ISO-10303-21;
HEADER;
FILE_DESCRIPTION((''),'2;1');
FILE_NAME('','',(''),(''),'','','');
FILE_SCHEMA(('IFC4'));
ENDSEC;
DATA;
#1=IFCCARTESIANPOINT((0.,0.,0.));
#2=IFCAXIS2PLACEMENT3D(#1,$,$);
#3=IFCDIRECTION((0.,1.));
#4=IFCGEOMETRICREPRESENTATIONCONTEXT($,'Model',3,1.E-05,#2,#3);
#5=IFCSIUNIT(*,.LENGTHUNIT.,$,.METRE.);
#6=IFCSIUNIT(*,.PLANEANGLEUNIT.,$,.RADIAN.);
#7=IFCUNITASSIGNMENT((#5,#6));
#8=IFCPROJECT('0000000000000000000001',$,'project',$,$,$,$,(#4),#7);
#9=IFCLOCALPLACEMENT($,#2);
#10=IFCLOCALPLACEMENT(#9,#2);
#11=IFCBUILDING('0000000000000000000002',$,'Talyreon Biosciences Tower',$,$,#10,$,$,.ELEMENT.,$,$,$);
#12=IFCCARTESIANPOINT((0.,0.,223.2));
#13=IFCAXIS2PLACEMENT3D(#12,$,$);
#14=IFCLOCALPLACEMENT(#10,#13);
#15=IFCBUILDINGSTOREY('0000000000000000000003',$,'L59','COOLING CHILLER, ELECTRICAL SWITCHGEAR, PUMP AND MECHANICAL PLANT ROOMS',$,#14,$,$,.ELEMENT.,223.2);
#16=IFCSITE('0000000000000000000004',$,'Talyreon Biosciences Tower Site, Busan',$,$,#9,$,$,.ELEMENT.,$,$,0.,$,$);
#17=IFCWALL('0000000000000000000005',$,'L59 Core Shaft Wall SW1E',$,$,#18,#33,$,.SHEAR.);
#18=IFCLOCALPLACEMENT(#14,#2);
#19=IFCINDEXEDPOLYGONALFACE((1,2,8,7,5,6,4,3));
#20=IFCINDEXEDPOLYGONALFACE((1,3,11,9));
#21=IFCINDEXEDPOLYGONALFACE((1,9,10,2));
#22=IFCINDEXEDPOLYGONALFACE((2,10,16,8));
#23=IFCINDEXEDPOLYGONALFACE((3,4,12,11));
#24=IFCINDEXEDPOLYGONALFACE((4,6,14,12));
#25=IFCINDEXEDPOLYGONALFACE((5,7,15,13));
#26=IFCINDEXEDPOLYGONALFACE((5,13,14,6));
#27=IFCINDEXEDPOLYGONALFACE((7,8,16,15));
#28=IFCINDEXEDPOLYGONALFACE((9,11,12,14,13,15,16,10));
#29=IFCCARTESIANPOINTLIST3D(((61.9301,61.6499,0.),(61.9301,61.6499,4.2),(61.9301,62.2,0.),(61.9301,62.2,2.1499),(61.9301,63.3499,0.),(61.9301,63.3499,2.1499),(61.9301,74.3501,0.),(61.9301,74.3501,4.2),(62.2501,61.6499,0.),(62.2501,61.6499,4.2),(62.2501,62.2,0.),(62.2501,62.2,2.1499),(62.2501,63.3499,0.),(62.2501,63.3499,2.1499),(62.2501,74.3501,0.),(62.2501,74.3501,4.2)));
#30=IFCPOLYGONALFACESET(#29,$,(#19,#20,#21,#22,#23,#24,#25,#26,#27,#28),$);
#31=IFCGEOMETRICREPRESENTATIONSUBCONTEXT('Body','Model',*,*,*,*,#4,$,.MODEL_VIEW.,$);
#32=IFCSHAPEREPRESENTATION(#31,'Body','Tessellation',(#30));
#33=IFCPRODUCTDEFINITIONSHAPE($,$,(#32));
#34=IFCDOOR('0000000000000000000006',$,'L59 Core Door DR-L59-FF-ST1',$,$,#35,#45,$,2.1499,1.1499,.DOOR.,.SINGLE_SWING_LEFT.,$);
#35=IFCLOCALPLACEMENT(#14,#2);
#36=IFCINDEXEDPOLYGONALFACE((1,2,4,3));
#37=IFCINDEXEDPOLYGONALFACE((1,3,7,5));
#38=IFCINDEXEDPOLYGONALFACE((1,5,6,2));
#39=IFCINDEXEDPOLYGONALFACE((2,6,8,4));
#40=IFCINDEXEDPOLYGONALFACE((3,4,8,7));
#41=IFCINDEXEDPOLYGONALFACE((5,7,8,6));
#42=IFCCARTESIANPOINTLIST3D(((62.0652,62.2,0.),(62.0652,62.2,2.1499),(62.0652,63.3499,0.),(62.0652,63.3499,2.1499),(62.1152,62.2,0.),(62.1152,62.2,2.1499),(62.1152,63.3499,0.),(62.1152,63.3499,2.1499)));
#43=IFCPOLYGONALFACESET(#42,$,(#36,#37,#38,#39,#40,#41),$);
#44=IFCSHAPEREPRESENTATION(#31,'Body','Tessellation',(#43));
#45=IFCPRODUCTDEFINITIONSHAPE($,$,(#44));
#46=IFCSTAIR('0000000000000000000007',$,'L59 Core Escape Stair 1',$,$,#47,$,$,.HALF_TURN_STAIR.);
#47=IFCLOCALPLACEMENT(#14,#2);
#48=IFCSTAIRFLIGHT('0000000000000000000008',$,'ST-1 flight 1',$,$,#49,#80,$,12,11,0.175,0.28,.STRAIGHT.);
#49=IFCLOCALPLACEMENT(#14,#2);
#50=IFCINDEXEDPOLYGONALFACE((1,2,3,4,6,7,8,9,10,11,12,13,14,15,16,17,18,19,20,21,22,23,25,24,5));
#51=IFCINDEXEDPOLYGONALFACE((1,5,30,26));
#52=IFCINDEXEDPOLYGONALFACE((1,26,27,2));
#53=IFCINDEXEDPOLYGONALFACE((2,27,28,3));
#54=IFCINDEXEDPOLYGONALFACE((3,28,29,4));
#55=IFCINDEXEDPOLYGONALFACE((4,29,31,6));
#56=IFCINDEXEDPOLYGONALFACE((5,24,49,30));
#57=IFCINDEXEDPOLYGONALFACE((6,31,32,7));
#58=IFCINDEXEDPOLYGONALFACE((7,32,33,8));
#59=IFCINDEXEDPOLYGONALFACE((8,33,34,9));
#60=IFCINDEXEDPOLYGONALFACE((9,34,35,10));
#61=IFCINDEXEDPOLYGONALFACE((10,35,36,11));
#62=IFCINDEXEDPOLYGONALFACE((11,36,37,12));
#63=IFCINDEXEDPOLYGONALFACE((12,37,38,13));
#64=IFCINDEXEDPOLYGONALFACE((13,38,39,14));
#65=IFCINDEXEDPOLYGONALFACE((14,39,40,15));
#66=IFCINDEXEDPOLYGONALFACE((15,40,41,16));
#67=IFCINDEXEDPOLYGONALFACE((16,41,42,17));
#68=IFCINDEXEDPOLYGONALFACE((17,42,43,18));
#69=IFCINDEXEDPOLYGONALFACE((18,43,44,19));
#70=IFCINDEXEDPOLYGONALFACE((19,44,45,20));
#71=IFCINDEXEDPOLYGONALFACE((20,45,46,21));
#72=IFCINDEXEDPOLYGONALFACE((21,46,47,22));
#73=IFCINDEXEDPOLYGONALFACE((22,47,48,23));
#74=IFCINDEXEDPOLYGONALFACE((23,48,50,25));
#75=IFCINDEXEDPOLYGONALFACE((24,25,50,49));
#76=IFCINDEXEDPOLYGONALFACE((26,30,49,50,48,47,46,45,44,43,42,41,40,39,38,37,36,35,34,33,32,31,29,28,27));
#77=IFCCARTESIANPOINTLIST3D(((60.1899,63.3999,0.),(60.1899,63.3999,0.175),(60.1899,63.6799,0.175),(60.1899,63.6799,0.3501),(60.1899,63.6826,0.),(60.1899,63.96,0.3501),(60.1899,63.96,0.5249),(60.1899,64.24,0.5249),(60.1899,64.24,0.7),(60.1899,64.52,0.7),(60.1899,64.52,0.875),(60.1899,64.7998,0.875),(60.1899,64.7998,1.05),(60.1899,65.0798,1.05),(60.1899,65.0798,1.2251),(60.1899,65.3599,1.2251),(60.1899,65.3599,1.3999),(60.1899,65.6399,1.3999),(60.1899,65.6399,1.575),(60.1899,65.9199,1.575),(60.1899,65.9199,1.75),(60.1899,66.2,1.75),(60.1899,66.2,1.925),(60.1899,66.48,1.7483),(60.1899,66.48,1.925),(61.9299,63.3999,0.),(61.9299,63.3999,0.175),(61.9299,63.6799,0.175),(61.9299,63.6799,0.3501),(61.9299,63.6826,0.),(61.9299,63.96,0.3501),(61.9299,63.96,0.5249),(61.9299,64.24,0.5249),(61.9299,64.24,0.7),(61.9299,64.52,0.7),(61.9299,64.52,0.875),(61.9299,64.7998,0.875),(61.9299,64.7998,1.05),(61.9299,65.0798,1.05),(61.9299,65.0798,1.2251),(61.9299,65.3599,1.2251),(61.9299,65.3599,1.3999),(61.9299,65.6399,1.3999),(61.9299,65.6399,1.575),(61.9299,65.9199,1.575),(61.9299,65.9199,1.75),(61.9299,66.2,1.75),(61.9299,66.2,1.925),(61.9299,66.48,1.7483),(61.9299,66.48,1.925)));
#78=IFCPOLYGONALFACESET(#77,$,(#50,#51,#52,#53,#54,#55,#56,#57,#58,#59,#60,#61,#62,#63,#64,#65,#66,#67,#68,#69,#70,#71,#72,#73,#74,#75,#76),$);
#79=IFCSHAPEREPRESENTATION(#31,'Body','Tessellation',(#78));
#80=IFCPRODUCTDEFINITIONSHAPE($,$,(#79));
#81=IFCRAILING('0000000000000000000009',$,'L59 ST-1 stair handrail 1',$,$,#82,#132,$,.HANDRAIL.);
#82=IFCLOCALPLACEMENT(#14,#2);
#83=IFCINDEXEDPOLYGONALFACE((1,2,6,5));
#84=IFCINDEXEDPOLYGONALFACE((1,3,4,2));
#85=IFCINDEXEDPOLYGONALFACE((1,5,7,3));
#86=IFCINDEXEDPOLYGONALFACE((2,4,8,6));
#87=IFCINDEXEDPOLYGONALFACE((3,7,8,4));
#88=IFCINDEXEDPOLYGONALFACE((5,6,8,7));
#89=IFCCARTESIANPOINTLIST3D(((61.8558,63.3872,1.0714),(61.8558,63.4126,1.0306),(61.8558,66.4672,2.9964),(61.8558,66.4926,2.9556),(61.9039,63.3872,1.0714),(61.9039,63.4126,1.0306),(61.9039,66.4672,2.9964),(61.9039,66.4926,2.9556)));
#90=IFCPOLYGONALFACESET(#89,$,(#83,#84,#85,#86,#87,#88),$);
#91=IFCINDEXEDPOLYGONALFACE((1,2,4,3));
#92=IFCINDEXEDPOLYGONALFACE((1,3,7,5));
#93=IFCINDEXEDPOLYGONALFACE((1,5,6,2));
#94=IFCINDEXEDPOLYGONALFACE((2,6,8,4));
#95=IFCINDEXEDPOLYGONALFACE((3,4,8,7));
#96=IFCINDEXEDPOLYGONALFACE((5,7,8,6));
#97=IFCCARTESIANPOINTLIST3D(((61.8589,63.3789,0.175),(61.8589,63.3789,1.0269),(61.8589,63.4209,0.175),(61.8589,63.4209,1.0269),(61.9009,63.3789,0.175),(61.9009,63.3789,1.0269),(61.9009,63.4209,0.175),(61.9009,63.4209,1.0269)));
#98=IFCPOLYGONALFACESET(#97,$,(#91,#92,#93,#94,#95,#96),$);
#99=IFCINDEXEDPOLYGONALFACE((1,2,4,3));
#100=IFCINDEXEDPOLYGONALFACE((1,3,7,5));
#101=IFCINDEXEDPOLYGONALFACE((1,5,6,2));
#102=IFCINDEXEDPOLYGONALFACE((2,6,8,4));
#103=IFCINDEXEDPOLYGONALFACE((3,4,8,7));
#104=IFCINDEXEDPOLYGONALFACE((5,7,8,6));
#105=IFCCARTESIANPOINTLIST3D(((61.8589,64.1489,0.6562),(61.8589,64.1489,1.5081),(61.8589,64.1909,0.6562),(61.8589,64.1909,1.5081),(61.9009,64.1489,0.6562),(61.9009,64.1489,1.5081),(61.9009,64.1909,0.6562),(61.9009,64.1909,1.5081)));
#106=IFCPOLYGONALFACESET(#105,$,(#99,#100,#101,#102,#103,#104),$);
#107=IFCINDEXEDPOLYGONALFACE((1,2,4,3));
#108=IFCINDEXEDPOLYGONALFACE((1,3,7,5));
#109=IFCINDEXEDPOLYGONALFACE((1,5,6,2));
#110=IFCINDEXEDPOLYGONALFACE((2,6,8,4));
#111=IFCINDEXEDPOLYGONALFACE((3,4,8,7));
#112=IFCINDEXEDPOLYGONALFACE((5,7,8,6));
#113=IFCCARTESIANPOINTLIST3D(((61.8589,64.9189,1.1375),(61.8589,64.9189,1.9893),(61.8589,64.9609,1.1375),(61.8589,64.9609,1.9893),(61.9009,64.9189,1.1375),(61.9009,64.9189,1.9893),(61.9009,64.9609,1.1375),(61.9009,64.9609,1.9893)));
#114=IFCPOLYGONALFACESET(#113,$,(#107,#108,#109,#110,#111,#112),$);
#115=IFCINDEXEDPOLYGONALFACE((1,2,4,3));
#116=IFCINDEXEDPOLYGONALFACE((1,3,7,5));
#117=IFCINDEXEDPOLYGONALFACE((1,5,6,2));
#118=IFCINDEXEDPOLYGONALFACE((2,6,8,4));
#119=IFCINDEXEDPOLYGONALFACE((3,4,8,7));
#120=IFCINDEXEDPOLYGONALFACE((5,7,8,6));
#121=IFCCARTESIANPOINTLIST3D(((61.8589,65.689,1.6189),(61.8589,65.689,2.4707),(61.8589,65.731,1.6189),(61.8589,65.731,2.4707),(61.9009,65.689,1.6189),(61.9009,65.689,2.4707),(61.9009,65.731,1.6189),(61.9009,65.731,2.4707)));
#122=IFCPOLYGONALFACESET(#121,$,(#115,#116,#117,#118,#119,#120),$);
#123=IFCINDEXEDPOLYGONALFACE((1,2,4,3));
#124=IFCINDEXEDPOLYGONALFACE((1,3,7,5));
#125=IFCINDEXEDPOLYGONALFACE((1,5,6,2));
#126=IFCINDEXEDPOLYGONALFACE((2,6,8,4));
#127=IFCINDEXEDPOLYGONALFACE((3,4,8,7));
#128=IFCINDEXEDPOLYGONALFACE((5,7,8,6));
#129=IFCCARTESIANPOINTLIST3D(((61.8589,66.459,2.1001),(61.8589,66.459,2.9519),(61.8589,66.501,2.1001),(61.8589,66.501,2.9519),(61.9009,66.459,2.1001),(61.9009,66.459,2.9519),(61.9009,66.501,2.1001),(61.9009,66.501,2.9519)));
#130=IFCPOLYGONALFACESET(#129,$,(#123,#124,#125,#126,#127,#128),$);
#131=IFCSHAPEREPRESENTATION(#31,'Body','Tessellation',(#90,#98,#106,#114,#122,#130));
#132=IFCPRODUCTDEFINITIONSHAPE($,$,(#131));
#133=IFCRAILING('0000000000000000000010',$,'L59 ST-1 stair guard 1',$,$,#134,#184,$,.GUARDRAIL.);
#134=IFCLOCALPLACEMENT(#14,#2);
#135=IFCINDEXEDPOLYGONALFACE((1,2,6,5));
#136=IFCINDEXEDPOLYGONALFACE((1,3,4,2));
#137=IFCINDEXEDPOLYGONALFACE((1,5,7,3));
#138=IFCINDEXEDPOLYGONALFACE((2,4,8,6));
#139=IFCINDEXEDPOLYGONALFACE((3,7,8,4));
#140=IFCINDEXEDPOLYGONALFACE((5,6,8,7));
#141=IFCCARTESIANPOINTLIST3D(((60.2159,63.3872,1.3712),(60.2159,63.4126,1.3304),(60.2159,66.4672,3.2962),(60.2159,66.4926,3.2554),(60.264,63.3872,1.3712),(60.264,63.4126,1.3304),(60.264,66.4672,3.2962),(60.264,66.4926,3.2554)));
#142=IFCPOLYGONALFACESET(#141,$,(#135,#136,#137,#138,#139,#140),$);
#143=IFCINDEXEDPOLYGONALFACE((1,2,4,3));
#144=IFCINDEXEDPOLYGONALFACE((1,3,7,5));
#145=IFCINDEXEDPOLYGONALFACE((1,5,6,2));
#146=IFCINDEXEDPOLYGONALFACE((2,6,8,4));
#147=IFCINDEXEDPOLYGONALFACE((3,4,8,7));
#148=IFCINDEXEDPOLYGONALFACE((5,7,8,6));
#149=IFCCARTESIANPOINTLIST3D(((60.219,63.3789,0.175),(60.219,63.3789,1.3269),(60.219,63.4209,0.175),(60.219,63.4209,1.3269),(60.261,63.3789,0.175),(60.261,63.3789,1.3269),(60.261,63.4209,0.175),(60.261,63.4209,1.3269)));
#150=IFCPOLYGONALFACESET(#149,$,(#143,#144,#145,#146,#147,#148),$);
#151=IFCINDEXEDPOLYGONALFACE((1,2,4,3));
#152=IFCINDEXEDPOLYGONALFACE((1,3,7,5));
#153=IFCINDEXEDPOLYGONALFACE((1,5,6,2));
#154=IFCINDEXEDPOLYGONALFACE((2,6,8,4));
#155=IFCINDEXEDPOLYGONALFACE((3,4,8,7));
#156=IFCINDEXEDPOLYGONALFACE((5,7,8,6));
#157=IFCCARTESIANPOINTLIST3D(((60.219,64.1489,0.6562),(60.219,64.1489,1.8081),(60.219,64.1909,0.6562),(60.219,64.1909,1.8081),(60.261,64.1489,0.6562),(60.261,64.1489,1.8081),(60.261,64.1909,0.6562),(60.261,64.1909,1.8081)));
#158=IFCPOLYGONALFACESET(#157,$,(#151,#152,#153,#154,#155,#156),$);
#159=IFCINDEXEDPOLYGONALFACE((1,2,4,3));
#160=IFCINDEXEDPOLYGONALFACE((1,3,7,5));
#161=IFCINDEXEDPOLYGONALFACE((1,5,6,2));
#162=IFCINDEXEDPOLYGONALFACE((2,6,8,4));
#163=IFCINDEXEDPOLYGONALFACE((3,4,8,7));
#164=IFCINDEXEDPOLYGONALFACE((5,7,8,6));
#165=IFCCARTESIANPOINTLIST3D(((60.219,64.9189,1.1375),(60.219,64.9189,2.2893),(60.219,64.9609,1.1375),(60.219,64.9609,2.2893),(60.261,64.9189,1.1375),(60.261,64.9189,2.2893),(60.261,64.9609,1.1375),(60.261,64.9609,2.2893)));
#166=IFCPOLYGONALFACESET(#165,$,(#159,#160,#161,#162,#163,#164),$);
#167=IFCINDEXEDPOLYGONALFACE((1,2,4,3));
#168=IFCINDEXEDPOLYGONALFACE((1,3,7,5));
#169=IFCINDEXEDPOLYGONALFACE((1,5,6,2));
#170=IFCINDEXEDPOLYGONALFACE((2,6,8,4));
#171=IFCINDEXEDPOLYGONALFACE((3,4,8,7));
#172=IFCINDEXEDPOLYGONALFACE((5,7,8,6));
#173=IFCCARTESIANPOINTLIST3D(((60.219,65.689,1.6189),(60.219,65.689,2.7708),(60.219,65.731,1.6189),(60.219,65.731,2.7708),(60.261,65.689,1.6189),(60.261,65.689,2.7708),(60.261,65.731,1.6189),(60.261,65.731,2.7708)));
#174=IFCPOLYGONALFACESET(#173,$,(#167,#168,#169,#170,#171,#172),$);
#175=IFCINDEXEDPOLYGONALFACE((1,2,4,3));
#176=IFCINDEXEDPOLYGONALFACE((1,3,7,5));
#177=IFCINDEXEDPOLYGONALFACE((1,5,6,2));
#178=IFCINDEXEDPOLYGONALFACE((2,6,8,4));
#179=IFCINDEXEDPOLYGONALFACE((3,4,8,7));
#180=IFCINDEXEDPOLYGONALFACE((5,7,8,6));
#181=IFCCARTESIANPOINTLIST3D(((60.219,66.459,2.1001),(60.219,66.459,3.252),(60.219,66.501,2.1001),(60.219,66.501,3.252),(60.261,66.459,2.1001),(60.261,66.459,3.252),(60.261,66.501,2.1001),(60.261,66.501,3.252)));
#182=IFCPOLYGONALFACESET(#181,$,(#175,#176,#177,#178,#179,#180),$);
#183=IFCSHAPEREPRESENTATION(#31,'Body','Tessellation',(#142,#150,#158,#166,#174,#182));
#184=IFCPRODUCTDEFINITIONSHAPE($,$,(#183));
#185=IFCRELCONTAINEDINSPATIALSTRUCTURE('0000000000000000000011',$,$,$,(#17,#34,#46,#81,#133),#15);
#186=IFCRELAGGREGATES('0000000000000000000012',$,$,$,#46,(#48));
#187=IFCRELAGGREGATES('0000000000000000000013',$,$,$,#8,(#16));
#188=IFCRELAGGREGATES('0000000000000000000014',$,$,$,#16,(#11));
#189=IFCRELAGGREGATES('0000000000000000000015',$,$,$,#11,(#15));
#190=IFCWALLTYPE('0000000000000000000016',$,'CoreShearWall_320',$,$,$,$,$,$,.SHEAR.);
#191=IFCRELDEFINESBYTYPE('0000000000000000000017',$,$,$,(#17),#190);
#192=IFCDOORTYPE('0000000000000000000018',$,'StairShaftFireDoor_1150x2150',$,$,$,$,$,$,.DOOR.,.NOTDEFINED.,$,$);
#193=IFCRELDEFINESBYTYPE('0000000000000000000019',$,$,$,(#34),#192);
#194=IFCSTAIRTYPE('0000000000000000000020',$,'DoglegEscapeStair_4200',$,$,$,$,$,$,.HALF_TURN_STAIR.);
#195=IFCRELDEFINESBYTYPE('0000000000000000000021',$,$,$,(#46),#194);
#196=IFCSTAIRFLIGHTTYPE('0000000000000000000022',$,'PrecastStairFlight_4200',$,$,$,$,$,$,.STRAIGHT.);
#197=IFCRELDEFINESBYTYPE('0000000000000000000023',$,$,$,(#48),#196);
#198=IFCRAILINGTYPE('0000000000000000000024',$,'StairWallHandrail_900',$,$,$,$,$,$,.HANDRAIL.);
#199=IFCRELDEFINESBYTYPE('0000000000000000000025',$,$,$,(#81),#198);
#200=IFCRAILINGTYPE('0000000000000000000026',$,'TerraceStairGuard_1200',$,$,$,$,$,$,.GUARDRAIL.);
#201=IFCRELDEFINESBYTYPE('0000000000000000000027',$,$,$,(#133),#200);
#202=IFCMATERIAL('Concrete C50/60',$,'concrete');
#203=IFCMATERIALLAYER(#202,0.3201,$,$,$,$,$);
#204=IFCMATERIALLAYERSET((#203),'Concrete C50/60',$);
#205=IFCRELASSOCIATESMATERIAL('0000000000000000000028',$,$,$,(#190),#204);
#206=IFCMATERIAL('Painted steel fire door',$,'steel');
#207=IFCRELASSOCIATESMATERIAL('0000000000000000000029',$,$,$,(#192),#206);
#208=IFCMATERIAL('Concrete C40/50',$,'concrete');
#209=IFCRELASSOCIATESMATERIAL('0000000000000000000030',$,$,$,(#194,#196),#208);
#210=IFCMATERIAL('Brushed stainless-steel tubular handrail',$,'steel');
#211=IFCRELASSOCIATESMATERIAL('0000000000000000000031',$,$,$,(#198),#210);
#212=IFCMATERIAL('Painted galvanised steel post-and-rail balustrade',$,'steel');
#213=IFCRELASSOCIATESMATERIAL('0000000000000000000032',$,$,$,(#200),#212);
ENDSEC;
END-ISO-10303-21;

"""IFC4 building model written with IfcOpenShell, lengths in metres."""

from ifc_helpers import new_model, si_unit, direction, frame, frame_2d, origin, origin_2d, place, context, subcontext, project, spatial, polyline, rectangle, outline, extrude, material, layer, layer_set, type_object, element, fill, aggregate, save


model = new_model("IFC4")

# Units and contexts
model_context = context("Model", 3, precision=1e-05, world=origin(), true_north=direction((0.0, 1.0)))
body_context = subcontext(model_context, "Body", "Model", "MODEL_VIEW")
ifc_project = project(units=[si_unit("LENGTHUNIT", "METRE"), si_unit("PLANEANGLEUNIT", "RADIAN")], contexts=[model_context])

# Site, building, storey
site_placement = place(None, origin())
site = spatial("IfcSite", under=ifc_project, at=site_placement, Name="Talyreon Biosciences Tower Site, Busan", CompositionType="ELEMENT", RefElevation=0.0)
building_placement = place(site_placement, origin())
building = spatial("IfcBuilding", under=site, at=building_placement, Name="Talyreon Biosciences Tower", CompositionType="ELEMENT")
storey_placement = place(building_placement, frame((0.0, 0.0, 223.2)))
storey = spatial("IfcBuildingStorey", under=building, at=storey_placement, Name="L59", Description="COOLING CHILLER, ELECTRICAL SWITCHGEAR, PUMP AND MECHANICAL PLANT ROOMS", CompositionType="ELEMENT", Elevation=223.2)

# Shared definitions
ifc_material_1 = material(Name="Concrete C50/60", Category="concrete")

# Wall, opening, door
ifc_layer_1 = layer(ifc_material_1, 0.3201)
ifc_layer_set_1 = layer_set([ifc_layer_1], Name="Concrete C50/60")
wall_type_1 = type_object("IfcWallType", Name="CoreShearWall_320", PredefinedType="SHEAR", material=ifc_layer_set_1)
wall_1_placement = place(storey_placement, frame((62.0901, 61.6499, 0.0), z_axis=(0.0, 0.0, 1.0), x_axis=(0.0, 1.0, 0.0)))
wall_1 = element("IfcWall", 1, at=wall_1_placement, inside=storey, type_object=wall_type_1, Name="L59 Core Shaft Wall SW1E", PredefinedType="SHEAR", context=body_context, shape_type="SweptSolid", body=[
    extrude(rectangle(XDim=12.7002, YDim=0.3201, at=frame_2d((6.3501, 0.0))), origin(), (0.0, 0.0, 1.0), 4.2),
])
opening_1_placement = place(wall_1_placement, frame((0.55, 0.0, 0.0)))
opening_1 = element("IfcOpeningElement", 2, at=opening_1_placement, cuts=wall_1, PredefinedType="OPENING", context=body_context, shape_type="SweptSolid", body=[
    extrude(rectangle(XDim=1.1499, YDim=2.1499, at=frame_2d((0.575, 1.075))), frame((0.0, 0.1699, 0.0), z_axis=(0.0, -1.0, 0.0), x_axis=(1.0, 0.0, 0.0)), (0.0, 0.0, 1.0), 0.3401),
])
ifc_material_2 = material(Name="Painted steel fire door", Category="steel")
door_type_1 = type_object("IfcDoorType", Name="StairShaftFireDoor_1150x2150", OperationType="NOTDEFINED", PredefinedType="DOOR", material=ifc_material_2)
door_1_placement = place(opening_1_placement, origin())
door_1 = element("IfcDoor", 3, at=door_1_placement, inside=storey, type_object=door_type_1, Name="L59 Core Door DR-L59-FF-ST1", OperationType="SINGLE_SWING_LEFT", OverallHeight=2.1499, OverallWidth=1.1499, PredefinedType="DOOR", context=body_context, shape_type="SweptSolid", body=[
    extrude(rectangle(XDim=1.1499, YDim=2.1499, at=frame_2d((0.575, 1.075))), frame((0.0, 0.0249, 0.0), z_axis=(0.0, -1.0, 0.0), x_axis=(1.0, 0.0, 0.0)), (0.0, 0.0, 1.0), 0.05),
])
fill(opening_1, door_1)

# Stair, stair flight
ifc_material_3 = material(Name="Concrete C40/50", Category="concrete")
stair_type = type_object("IfcStairType", Name="DoglegEscapeStair_4200", PredefinedType="HALF_TURN_STAIR", material=ifc_material_3)
stair_placement = place(storey_placement, origin())
stair = element("IfcStair", 4, at=stair_placement, inside=storey, type_object=stair_type, Name="L59 Core Escape Stair 1", PredefinedType="HALF_TURN_STAIR")
stair_flight_type = type_object("IfcStairFlightType", Name="PrecastStairFlight_4200", PredefinedType="STRAIGHT", material=ifc_material_3)
stair_flight_placement = place(storey_placement, frame((61.0601, 63.3999, 0.0), z_axis=(0.0, 0.0, 1.0), x_axis=(0.0, 1.0, 0.0)))
stair_flight = element("IfcStairFlight", 5, at=stair_flight_placement, type_object=stair_flight_type, Name="ST-1 flight 1", NumberOfRisers=12, NumberOfTreads=11, PredefinedType="STRAIGHT", RiserHeight=0.175, TreadLength=0.28, context=body_context, shape_type="SweptSolid", body=[
    extrude(outline(polyline([(0.0, 0.0), (0.0, 0.175), (0.28, 0.175), (0.28, 0.3501), (0.5601, 0.3501), (0.5601, 0.5249), (0.8401, 0.5249), (0.8401, 0.7), (1.1201, 0.7), (1.1201, 0.875), (1.3999, 0.875), (1.3999, 1.05), (1.6799, 1.05), (1.6799, 1.2251), (1.96, 1.2251), (1.96, 1.3999), (2.24, 1.3999), (2.24, 1.575), (2.52, 1.575), (2.52, 1.75), (2.8, 1.75), (2.8, 1.925), (3.0801, 1.925), (3.0801, 2.1001), (3.0801, 1.7483), (0.2827, 0.0), (0.0, 0.0)])), frame((0.0, 0.8701, 0.0), z_axis=(0.0, -1.0, 0.0), x_axis=(1.0, 0.0, 0.0)), (0.0, 0.0, 1.0), 1.74),
])
aggregate(stair, [stair_flight])

# Railings
ifc_material_4 = material(Name="Brushed stainless-steel tubular handrail", Category="steel")
railing_type_1 = type_object("IfcRailingType", Name="StairWallHandrail_900", PredefinedType="HANDRAIL", material=ifc_material_4)
railing_1_placement = place(storey_placement, frame((61.8799, 63.3999, 0.175)))
element("IfcRailing", 6, at=railing_1_placement, inside=storey, type_object=railing_type_1, Name="L59 ST-1 stair handrail 1", PredefinedType="HANDRAIL", context=body_context, shape_type="SweptSolid", body=[
    extrude(rectangle(XDim=0.0481, YDim=0.0481, at=origin_2d()), frame((0.0, 0.0, 0.876), z_axis=(0.0, 0.847998, 0.529999), x_axis=(-1.0, 0.0, 0.0)), (0.0, 0.0, 1.0), 3.6321),
    extrude(rectangle(XDim=0.042, YDim=0.042, at=origin_2d()), origin(), (0.0, 0.0, 1.0), 0.8518),
    extrude(rectangle(XDim=0.042, YDim=0.042, at=origin_2d()), frame((0.0, 0.77, 0.4812)), (0.0, 0.0, 1.0), 0.8518),
    extrude(rectangle(XDim=0.042, YDim=0.042, at=origin_2d()), frame((0.0, 1.54, 0.9624)), (0.0, 0.0, 1.0), 0.8518),
    extrude(rectangle(XDim=0.042, YDim=0.042, at=origin_2d()), frame((0.0, 2.3101, 1.4438)), (0.0, 0.0, 1.0), 0.8518),
    extrude(rectangle(XDim=0.042, YDim=0.042, at=origin_2d()), frame((0.0, 3.0801, 1.925)), (0.0, 0.0, 1.0), 0.8518),
])
ifc_material_5 = material(Name="Painted galvanised steel post-and-rail balustrade", Category="steel")
railing_type_2 = type_object("IfcRailingType", Name="TerraceStairGuard_1200", PredefinedType="GUARDRAIL", material=ifc_material_5)
railing_2_placement = place(storey_placement, frame((60.24, 63.3999, 0.175)))
element("IfcRailing", 7, at=railing_2_placement, inside=storey, type_object=railing_type_2, Name="L59 ST-1 stair guard 1", PredefinedType="GUARDRAIL", context=body_context, shape_type="SweptSolid", body=[
    extrude(rectangle(XDim=0.0481, YDim=0.0481, at=origin_2d()), frame((0.0, 0.0, 1.1758), z_axis=(0.0, 0.847998, 0.529999), x_axis=(-1.0, 0.0, 0.0)), (0.0, 0.0, 1.0), 3.6321),
    extrude(rectangle(XDim=0.042, YDim=0.042, at=origin_2d()), origin(), (0.0, 0.0, 1.0), 1.1519),
    extrude(rectangle(XDim=0.042, YDim=0.042, at=origin_2d()), frame((0.0, 0.77, 0.4812)), (0.0, 0.0, 1.0), 1.1519),
    extrude(rectangle(XDim=0.042, YDim=0.042, at=origin_2d()), frame((0.0, 1.54, 0.9624)), (0.0, 0.0, 1.0), 1.1519),
    extrude(rectangle(XDim=0.042, YDim=0.042, at=origin_2d()), frame((0.0, 2.3101, 1.4438)), (0.0, 0.0, 1.0), 1.1519),
    extrude(rectangle(XDim=0.042, YDim=0.042, at=origin_2d()), frame((0.0, 3.0801, 1.925)), (0.0, 0.0, 1.0), 1.1519),
])

save(model, "model.ifc")
